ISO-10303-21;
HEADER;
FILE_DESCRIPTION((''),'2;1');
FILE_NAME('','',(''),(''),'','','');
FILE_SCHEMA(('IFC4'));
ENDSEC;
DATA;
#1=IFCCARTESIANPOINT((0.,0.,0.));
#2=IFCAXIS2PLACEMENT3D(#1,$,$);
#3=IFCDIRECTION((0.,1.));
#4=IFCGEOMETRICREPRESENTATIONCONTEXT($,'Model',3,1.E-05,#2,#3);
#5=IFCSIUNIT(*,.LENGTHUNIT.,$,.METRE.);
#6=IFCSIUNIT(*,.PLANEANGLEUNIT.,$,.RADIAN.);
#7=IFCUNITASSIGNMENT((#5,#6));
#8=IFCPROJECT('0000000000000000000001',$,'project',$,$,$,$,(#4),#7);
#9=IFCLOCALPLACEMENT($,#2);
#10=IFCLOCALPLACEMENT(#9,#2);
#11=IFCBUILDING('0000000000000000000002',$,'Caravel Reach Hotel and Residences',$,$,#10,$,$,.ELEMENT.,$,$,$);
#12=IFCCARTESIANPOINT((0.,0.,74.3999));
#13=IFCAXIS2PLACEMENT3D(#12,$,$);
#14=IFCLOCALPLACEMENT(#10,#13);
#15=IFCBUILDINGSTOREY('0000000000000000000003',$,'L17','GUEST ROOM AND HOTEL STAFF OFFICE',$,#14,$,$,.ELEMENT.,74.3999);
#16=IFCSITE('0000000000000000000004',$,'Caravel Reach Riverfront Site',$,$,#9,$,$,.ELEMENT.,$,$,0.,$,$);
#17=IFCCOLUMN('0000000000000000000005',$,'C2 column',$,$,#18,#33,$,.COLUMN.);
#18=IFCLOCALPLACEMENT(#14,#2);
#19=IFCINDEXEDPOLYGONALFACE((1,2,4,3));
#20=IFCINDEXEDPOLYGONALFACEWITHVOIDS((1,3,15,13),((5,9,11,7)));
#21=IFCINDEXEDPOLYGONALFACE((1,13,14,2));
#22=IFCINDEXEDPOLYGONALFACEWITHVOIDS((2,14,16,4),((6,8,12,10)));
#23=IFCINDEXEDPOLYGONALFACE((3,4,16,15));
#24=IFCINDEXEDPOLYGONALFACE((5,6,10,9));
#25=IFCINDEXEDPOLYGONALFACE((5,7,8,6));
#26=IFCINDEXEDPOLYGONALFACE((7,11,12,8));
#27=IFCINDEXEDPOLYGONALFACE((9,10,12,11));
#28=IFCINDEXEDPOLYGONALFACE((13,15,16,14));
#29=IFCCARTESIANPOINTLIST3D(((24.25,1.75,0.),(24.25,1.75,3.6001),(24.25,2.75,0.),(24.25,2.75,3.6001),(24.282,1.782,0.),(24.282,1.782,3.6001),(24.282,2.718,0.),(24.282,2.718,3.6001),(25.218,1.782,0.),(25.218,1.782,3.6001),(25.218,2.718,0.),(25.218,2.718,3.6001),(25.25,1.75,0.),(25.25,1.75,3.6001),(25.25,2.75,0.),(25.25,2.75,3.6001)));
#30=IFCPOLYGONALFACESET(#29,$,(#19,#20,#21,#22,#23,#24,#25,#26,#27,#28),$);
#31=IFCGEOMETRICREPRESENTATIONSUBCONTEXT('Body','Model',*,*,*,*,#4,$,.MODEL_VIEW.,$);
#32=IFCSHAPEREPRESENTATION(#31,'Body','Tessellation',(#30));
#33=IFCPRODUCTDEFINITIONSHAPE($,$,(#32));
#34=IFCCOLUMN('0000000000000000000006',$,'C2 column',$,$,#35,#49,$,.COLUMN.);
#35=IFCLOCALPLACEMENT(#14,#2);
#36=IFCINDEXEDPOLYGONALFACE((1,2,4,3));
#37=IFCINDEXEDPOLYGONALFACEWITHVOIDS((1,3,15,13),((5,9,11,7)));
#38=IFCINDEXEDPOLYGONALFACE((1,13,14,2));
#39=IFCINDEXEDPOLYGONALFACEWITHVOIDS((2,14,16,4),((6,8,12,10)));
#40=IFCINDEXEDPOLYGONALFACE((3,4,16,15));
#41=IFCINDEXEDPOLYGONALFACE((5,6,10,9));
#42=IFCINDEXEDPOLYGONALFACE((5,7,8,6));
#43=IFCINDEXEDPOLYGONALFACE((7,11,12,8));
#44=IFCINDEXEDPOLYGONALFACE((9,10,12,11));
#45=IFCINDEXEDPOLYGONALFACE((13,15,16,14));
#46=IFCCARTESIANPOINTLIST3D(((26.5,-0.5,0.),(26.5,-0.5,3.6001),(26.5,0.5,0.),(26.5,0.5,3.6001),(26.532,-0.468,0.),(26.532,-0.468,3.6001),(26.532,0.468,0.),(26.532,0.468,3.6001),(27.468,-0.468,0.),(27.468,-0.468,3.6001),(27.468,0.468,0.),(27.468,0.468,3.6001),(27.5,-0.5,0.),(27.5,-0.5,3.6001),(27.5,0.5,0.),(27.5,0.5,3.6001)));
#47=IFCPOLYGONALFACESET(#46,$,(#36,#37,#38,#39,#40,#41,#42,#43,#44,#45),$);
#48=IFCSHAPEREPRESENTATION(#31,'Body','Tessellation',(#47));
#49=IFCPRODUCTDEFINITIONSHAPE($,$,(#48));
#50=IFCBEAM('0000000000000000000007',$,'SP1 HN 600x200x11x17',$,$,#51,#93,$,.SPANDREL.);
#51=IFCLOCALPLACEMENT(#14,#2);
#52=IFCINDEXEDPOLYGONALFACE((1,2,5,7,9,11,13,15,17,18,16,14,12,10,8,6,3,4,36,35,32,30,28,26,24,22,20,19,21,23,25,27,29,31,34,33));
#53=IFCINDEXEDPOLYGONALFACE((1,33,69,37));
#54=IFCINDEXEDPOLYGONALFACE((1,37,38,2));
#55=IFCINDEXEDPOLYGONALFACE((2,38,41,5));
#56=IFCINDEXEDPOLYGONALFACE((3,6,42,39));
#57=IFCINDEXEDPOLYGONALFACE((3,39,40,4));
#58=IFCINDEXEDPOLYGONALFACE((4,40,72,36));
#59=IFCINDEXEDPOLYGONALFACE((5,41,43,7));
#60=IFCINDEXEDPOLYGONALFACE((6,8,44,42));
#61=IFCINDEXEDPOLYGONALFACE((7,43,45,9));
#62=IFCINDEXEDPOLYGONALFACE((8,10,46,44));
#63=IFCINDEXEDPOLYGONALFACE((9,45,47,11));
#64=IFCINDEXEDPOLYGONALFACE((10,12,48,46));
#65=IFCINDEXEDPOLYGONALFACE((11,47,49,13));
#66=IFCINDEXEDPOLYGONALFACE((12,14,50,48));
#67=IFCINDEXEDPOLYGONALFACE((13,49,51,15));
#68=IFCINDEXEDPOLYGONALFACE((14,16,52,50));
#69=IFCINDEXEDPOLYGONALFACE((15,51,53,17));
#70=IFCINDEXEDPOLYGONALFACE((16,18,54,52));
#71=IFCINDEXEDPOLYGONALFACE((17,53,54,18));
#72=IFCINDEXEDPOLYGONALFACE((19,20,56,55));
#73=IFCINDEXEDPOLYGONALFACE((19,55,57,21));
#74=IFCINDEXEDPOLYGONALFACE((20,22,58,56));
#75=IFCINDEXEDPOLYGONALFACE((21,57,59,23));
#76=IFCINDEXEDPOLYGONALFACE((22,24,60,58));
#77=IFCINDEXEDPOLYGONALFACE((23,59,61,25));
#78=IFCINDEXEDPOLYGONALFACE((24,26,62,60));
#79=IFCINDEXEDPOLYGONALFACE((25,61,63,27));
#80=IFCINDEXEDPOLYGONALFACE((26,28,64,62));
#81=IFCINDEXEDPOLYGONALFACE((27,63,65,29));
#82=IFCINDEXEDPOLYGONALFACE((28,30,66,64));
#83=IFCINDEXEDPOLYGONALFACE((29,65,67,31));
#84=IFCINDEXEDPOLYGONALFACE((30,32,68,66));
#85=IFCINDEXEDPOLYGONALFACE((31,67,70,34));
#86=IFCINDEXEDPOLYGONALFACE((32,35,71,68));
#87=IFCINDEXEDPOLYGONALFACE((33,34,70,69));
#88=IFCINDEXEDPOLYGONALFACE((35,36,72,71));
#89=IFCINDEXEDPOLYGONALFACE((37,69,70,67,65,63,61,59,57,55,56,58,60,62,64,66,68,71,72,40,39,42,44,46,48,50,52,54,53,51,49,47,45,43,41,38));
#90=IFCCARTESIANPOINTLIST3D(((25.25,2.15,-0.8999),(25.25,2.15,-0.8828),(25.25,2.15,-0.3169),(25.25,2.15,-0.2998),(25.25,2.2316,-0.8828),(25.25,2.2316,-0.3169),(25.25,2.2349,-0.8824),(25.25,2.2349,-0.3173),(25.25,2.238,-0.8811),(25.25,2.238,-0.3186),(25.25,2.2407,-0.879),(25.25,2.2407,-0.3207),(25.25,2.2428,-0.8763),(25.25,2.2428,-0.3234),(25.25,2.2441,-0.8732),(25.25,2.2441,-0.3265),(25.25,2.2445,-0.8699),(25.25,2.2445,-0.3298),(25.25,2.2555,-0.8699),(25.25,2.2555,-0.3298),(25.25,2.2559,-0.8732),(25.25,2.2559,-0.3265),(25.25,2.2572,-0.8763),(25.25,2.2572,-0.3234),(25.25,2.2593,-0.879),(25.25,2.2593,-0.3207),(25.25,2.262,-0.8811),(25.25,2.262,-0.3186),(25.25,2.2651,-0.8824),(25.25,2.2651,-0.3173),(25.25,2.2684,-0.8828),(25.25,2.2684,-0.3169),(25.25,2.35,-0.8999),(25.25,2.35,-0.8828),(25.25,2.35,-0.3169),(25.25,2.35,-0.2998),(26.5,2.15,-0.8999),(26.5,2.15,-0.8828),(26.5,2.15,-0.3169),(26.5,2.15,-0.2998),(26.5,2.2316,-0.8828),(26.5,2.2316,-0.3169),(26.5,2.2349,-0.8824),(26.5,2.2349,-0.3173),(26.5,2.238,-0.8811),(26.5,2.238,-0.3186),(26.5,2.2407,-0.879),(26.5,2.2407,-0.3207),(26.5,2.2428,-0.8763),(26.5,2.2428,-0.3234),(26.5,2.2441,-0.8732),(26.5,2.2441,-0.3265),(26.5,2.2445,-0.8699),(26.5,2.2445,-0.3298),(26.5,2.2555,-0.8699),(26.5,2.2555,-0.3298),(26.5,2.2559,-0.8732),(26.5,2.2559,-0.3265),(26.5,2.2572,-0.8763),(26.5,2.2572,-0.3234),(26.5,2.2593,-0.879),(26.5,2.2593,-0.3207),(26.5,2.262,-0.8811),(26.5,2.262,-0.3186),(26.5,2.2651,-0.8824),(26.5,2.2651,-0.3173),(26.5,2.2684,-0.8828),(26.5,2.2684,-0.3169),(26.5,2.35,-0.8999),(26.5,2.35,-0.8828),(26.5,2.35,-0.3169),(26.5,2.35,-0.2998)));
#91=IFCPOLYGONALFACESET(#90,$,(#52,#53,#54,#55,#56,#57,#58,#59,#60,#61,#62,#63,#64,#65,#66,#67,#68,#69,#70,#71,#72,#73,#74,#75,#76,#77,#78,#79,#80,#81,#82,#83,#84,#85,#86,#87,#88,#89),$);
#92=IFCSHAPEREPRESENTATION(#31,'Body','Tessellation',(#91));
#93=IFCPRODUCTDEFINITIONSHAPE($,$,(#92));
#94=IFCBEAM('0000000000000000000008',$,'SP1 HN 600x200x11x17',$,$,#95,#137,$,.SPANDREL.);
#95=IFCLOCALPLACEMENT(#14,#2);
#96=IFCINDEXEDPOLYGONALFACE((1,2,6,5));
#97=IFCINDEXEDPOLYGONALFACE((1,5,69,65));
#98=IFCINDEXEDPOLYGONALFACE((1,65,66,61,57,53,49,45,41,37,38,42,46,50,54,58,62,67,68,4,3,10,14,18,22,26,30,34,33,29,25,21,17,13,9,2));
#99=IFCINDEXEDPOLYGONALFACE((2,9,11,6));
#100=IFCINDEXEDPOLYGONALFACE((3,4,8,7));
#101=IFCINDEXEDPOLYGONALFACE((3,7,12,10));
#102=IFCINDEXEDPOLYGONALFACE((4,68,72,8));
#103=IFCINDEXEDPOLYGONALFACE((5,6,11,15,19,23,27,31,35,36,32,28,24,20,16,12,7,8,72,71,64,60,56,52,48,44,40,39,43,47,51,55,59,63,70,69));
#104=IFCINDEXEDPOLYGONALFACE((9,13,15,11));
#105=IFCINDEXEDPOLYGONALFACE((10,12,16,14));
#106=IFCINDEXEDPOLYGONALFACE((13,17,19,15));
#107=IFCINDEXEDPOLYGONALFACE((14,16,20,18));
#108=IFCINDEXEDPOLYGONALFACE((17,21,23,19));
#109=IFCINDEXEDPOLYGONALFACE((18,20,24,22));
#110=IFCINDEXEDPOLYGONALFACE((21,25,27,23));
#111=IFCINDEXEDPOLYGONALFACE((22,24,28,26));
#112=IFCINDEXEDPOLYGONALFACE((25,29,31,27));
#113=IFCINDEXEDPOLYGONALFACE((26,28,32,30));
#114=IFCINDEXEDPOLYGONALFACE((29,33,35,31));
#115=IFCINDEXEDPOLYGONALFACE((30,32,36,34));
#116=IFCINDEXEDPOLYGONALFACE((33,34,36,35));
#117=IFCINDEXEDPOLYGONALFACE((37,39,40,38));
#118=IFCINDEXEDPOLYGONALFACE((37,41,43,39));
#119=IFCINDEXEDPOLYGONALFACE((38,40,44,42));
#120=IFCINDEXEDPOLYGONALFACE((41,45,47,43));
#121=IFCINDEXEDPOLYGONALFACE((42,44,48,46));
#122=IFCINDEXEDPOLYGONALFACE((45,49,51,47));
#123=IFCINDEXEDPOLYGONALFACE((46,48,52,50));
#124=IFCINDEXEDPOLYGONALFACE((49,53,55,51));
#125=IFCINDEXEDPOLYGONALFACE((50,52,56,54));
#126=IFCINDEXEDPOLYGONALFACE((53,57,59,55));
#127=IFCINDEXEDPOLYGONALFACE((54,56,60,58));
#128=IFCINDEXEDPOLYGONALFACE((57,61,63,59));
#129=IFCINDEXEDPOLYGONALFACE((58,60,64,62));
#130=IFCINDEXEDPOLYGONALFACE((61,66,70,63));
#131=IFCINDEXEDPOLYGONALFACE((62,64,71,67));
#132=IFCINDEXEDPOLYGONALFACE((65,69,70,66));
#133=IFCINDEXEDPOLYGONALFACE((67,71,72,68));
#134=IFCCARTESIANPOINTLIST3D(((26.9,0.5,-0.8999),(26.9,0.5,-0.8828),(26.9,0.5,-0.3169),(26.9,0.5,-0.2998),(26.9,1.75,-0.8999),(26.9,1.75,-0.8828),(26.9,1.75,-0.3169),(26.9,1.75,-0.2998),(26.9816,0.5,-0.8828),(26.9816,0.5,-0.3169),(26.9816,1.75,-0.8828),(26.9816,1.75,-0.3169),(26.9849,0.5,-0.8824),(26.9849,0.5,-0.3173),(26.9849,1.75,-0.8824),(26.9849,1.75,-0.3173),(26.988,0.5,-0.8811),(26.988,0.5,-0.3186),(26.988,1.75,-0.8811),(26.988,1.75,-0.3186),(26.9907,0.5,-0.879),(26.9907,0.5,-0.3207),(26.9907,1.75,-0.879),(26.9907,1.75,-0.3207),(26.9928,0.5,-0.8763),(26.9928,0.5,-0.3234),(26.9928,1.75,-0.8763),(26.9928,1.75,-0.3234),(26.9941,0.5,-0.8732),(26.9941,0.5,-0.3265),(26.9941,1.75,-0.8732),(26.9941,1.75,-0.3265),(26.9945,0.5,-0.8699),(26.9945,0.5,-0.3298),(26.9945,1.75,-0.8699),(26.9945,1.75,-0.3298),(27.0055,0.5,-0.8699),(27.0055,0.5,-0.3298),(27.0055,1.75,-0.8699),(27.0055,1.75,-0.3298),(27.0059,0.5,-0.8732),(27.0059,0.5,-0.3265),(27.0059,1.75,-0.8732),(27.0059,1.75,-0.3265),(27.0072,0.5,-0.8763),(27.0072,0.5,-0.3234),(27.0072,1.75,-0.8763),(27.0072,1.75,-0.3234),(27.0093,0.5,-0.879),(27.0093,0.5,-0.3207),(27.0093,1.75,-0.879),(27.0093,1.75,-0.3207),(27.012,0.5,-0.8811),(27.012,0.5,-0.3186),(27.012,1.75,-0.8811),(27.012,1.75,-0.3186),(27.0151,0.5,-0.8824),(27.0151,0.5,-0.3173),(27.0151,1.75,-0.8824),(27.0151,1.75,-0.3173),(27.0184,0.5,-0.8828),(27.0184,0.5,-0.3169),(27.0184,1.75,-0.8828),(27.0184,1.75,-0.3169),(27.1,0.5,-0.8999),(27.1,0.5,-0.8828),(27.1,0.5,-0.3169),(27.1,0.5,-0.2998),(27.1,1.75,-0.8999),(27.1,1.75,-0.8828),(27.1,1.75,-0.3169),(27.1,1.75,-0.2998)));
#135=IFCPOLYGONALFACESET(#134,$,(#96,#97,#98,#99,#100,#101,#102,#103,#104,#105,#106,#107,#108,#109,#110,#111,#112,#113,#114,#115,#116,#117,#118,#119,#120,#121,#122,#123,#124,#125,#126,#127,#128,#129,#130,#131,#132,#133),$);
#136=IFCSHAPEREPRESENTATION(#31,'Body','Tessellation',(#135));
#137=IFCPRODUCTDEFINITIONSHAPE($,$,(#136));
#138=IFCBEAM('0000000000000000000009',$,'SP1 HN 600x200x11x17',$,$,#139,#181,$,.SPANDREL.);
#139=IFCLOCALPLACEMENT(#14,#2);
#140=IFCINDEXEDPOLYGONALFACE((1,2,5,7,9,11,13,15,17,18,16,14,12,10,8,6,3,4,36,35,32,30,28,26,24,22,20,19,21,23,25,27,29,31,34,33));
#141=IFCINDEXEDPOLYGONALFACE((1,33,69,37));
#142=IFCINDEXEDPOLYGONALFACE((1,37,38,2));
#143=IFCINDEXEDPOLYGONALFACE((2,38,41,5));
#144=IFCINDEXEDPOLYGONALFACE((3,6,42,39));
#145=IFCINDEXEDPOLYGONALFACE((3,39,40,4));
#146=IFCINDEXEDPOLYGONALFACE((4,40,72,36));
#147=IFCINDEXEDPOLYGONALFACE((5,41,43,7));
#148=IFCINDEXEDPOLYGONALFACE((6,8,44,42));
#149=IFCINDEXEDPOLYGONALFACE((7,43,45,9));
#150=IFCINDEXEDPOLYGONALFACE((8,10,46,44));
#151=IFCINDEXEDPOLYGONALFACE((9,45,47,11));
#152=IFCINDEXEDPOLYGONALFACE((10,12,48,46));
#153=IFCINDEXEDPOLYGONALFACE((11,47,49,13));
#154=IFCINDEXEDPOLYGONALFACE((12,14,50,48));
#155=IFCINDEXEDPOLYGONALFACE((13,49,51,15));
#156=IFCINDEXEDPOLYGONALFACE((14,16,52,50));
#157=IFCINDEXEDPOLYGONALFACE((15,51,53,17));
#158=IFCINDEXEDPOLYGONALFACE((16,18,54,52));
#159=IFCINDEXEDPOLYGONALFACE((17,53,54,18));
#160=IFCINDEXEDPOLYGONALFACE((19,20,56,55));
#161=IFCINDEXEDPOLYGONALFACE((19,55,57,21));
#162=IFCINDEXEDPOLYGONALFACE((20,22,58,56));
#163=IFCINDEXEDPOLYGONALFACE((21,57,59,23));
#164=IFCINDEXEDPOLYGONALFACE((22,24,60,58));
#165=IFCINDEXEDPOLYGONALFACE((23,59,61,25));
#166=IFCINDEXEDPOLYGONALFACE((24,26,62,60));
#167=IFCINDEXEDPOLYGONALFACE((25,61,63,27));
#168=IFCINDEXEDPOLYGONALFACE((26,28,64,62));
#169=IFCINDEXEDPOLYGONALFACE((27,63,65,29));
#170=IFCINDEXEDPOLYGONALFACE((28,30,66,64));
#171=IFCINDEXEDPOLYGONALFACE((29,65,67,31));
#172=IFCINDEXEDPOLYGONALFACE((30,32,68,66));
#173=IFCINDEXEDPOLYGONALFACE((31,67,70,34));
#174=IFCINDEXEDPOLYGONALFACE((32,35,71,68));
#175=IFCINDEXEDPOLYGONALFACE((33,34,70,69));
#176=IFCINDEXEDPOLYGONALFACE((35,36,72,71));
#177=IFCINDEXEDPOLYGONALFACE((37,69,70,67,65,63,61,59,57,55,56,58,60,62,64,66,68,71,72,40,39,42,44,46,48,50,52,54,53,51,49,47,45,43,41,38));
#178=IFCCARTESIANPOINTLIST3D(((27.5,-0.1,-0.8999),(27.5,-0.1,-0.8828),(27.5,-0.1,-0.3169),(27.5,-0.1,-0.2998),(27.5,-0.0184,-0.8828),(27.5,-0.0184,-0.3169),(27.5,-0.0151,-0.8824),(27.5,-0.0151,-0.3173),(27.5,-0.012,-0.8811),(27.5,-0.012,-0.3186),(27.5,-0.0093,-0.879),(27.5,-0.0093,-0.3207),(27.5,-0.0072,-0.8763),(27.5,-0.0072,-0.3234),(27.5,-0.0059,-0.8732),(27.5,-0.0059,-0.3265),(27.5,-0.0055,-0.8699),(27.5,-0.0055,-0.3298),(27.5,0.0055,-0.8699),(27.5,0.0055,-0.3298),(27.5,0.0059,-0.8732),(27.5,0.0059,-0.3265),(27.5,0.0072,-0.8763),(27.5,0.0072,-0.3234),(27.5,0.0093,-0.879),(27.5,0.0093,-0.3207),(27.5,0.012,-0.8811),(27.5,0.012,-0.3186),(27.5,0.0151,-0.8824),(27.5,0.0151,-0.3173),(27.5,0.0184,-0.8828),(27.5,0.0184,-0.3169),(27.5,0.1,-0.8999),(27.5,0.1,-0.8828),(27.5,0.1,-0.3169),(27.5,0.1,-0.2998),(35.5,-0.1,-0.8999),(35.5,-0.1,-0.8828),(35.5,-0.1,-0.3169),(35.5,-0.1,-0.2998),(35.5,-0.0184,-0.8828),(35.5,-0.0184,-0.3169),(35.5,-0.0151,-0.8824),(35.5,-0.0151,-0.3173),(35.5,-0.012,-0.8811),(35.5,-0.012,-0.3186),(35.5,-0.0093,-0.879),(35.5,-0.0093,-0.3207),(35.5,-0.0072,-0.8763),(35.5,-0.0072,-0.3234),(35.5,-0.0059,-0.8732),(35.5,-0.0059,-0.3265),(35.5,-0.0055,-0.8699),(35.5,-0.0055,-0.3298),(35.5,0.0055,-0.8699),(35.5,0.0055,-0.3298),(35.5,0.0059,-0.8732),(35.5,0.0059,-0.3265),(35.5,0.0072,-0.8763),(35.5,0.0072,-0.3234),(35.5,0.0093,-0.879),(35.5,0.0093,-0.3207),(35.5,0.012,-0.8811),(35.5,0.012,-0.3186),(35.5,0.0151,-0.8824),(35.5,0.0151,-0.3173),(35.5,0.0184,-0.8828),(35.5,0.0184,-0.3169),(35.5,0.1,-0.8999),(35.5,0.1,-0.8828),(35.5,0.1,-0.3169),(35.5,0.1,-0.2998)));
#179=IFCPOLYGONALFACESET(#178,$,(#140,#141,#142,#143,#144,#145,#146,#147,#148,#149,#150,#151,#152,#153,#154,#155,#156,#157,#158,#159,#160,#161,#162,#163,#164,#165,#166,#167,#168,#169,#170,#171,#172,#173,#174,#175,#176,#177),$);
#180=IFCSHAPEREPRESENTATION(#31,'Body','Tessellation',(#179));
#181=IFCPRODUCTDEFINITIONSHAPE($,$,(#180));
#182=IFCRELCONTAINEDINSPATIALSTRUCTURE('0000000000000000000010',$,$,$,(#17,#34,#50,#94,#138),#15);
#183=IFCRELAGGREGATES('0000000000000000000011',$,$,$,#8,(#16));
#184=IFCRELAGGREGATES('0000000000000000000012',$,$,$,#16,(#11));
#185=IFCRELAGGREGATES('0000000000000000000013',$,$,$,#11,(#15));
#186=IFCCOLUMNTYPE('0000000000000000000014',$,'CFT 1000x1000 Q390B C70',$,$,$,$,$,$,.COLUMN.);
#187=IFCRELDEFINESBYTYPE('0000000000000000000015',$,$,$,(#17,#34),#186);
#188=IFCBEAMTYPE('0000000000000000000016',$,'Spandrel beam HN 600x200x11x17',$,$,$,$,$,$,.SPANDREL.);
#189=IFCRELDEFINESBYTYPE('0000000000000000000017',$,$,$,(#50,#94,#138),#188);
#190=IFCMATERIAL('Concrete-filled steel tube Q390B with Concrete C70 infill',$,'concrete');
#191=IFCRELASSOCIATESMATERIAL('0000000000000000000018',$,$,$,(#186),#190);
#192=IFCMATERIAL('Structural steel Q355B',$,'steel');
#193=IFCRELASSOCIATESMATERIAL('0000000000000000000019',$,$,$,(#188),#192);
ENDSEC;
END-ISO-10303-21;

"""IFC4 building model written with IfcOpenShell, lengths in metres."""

from ifc_helpers import new_model, si_unit, direction, frame, origin, origin_2d, place, context, subcontext, project, spatial, hollow_rectangle, i_section, extrude, material, material_profile, profile_set, type_object, element, save


model = new_model("IFC4")

# Units and contexts
model_context = context("Model", 3, precision=1e-05, world=origin(), true_north=direction((0.0, 1.0)))
body_context = subcontext(model_context, "Body", "Model", "MODEL_VIEW")
ifc_project = project(units=[si_unit("LENGTHUNIT", "METRE"), si_unit("PLANEANGLEUNIT", "RADIAN")], contexts=[model_context])

# Site, building, storey
site_placement = place(None, origin())
site = spatial("IfcSite", under=ifc_project, at=site_placement, Name="Caravel Reach Riverfront Site", CompositionType="ELEMENT", RefElevation=0.0)
building_placement = place(site_placement, origin())
building = spatial("IfcBuilding", under=site, at=building_placement, Name="Caravel Reach Hotel and Residences", CompositionType="ELEMENT")
storey_placement = place(building_placement, frame((0.0, 0.0, 74.3999)))
storey = spatial("IfcBuildingStorey", under=building, at=storey_placement, Name="L17", Description="GUEST ROOM AND HOTEL STAFF OFFICE", CompositionType="ELEMENT", Elevation=74.3999)

# Columns
ifc_material_1 = material(Name="Concrete-filled steel tube Q390B with Concrete C70 infill", Category="concrete")
ifc_material_profile_1 = material_profile(ifc_material_1, hollow_rectangle(XDim=1.0, YDim=1.0, WallThickness=0.032, at=origin_2d()), Name="RHS 1000x1000x32")
ifc_profile_set_1 = profile_set([ifc_material_profile_1], Name="Concrete-filled steel tube Q390B with Concrete C70 infill")
column_type = type_object("IfcColumnType", Name="CFT 1000x1000 Q390B C70", PredefinedType="COLUMN", material=ifc_profile_set_1)
for number, where, z_axis, x_axis, name in (
    (1, (24.75, 2.25, 0.0), (0.0, 0.0, 1.0), (1.0, 0.0, 0.0), "C2 column"),
    (2, (27.0, 0.0, 0.0), (0.0, 0.0, 1.0), (1.0, 0.0, 0.0), "C2 column"),
):
    element("IfcColumn", number, at=place(storey_placement, frame(where, z_axis=z_axis, x_axis=x_axis)), inside=storey, type_object=column_type, Name=name, PredefinedType="COLUMN", context=body_context, shape_type="SweptSolid", body=[
        extrude(hollow_rectangle(XDim=1.0, YDim=1.0, WallThickness=0.032, at=origin_2d()), origin(), (0.0, 0.0, 1.0), 3.6001),
    ])

# Beams
ifc_material_2 = material(Name="Structural steel Q355B", Category="steel")
ifc_material_profile_2 = material_profile(ifc_material_2, i_section(OverallWidth=0.2, OverallDepth=0.6001, WebThickness=0.011, FlangeThickness=0.0171, FilletRadius=0.0129, at=origin_2d()), Name="HN 600x200x11x17")
ifc_profile_set_2 = profile_set([ifc_material_profile_2], Name="Structural steel Q355B")
beam_type = type_object("IfcBeamType", Name="Spandrel beam HN 600x200x11x17", PredefinedType="SPANDREL", material=ifc_profile_set_2)
for number, where, z_axis, x_axis, name in (
    (3, (25.25, 2.25, -0.5999), (1.0, 0.0, 0.0), (0.0, 1.0, 0.0), "SP1 HN 600x200x11x17"),
    (4, (27.0, 1.75, -0.5999), (0.0, -1.0, 0.0), (1.0, 0.0, 0.0), "SP1 HN 600x200x11x17"),
):
    element("IfcBeam", number, at=place(storey_placement, frame(where, z_axis=z_axis, x_axis=x_axis)), inside=storey, type_object=beam_type, Name=name, PredefinedType="SPANDREL", context=body_context, shape_type="SweptSolid", body=[
        extrude(i_section(OverallWidth=0.2, OverallDepth=0.6001, WebThickness=0.011, FlangeThickness=0.0171, FilletRadius=0.0129, at=origin_2d()), origin(), (0.0, 0.0, 1.0), 1.25),
    ])
beam_placement = place(storey_placement, frame((27.5, 0.0, -0.5999), z_axis=(1.0, 0.0, 0.0), x_axis=(0.0, 1.0, 0.0)))
element("IfcBeam", 5, at=beam_placement, inside=storey, type_object=beam_type, Name="SP1 HN 600x200x11x17", PredefinedType="SPANDREL", context=body_context, shape_type="SweptSolid", body=[
    extrude(i_section(OverallWidth=0.2, OverallDepth=0.6001, WebThickness=0.011, FlangeThickness=0.0171, FilletRadius=0.0129, at=origin_2d()), origin(), (0.0, 0.0, 1.0), 8.0),
])

save(model, "model.ifc")
